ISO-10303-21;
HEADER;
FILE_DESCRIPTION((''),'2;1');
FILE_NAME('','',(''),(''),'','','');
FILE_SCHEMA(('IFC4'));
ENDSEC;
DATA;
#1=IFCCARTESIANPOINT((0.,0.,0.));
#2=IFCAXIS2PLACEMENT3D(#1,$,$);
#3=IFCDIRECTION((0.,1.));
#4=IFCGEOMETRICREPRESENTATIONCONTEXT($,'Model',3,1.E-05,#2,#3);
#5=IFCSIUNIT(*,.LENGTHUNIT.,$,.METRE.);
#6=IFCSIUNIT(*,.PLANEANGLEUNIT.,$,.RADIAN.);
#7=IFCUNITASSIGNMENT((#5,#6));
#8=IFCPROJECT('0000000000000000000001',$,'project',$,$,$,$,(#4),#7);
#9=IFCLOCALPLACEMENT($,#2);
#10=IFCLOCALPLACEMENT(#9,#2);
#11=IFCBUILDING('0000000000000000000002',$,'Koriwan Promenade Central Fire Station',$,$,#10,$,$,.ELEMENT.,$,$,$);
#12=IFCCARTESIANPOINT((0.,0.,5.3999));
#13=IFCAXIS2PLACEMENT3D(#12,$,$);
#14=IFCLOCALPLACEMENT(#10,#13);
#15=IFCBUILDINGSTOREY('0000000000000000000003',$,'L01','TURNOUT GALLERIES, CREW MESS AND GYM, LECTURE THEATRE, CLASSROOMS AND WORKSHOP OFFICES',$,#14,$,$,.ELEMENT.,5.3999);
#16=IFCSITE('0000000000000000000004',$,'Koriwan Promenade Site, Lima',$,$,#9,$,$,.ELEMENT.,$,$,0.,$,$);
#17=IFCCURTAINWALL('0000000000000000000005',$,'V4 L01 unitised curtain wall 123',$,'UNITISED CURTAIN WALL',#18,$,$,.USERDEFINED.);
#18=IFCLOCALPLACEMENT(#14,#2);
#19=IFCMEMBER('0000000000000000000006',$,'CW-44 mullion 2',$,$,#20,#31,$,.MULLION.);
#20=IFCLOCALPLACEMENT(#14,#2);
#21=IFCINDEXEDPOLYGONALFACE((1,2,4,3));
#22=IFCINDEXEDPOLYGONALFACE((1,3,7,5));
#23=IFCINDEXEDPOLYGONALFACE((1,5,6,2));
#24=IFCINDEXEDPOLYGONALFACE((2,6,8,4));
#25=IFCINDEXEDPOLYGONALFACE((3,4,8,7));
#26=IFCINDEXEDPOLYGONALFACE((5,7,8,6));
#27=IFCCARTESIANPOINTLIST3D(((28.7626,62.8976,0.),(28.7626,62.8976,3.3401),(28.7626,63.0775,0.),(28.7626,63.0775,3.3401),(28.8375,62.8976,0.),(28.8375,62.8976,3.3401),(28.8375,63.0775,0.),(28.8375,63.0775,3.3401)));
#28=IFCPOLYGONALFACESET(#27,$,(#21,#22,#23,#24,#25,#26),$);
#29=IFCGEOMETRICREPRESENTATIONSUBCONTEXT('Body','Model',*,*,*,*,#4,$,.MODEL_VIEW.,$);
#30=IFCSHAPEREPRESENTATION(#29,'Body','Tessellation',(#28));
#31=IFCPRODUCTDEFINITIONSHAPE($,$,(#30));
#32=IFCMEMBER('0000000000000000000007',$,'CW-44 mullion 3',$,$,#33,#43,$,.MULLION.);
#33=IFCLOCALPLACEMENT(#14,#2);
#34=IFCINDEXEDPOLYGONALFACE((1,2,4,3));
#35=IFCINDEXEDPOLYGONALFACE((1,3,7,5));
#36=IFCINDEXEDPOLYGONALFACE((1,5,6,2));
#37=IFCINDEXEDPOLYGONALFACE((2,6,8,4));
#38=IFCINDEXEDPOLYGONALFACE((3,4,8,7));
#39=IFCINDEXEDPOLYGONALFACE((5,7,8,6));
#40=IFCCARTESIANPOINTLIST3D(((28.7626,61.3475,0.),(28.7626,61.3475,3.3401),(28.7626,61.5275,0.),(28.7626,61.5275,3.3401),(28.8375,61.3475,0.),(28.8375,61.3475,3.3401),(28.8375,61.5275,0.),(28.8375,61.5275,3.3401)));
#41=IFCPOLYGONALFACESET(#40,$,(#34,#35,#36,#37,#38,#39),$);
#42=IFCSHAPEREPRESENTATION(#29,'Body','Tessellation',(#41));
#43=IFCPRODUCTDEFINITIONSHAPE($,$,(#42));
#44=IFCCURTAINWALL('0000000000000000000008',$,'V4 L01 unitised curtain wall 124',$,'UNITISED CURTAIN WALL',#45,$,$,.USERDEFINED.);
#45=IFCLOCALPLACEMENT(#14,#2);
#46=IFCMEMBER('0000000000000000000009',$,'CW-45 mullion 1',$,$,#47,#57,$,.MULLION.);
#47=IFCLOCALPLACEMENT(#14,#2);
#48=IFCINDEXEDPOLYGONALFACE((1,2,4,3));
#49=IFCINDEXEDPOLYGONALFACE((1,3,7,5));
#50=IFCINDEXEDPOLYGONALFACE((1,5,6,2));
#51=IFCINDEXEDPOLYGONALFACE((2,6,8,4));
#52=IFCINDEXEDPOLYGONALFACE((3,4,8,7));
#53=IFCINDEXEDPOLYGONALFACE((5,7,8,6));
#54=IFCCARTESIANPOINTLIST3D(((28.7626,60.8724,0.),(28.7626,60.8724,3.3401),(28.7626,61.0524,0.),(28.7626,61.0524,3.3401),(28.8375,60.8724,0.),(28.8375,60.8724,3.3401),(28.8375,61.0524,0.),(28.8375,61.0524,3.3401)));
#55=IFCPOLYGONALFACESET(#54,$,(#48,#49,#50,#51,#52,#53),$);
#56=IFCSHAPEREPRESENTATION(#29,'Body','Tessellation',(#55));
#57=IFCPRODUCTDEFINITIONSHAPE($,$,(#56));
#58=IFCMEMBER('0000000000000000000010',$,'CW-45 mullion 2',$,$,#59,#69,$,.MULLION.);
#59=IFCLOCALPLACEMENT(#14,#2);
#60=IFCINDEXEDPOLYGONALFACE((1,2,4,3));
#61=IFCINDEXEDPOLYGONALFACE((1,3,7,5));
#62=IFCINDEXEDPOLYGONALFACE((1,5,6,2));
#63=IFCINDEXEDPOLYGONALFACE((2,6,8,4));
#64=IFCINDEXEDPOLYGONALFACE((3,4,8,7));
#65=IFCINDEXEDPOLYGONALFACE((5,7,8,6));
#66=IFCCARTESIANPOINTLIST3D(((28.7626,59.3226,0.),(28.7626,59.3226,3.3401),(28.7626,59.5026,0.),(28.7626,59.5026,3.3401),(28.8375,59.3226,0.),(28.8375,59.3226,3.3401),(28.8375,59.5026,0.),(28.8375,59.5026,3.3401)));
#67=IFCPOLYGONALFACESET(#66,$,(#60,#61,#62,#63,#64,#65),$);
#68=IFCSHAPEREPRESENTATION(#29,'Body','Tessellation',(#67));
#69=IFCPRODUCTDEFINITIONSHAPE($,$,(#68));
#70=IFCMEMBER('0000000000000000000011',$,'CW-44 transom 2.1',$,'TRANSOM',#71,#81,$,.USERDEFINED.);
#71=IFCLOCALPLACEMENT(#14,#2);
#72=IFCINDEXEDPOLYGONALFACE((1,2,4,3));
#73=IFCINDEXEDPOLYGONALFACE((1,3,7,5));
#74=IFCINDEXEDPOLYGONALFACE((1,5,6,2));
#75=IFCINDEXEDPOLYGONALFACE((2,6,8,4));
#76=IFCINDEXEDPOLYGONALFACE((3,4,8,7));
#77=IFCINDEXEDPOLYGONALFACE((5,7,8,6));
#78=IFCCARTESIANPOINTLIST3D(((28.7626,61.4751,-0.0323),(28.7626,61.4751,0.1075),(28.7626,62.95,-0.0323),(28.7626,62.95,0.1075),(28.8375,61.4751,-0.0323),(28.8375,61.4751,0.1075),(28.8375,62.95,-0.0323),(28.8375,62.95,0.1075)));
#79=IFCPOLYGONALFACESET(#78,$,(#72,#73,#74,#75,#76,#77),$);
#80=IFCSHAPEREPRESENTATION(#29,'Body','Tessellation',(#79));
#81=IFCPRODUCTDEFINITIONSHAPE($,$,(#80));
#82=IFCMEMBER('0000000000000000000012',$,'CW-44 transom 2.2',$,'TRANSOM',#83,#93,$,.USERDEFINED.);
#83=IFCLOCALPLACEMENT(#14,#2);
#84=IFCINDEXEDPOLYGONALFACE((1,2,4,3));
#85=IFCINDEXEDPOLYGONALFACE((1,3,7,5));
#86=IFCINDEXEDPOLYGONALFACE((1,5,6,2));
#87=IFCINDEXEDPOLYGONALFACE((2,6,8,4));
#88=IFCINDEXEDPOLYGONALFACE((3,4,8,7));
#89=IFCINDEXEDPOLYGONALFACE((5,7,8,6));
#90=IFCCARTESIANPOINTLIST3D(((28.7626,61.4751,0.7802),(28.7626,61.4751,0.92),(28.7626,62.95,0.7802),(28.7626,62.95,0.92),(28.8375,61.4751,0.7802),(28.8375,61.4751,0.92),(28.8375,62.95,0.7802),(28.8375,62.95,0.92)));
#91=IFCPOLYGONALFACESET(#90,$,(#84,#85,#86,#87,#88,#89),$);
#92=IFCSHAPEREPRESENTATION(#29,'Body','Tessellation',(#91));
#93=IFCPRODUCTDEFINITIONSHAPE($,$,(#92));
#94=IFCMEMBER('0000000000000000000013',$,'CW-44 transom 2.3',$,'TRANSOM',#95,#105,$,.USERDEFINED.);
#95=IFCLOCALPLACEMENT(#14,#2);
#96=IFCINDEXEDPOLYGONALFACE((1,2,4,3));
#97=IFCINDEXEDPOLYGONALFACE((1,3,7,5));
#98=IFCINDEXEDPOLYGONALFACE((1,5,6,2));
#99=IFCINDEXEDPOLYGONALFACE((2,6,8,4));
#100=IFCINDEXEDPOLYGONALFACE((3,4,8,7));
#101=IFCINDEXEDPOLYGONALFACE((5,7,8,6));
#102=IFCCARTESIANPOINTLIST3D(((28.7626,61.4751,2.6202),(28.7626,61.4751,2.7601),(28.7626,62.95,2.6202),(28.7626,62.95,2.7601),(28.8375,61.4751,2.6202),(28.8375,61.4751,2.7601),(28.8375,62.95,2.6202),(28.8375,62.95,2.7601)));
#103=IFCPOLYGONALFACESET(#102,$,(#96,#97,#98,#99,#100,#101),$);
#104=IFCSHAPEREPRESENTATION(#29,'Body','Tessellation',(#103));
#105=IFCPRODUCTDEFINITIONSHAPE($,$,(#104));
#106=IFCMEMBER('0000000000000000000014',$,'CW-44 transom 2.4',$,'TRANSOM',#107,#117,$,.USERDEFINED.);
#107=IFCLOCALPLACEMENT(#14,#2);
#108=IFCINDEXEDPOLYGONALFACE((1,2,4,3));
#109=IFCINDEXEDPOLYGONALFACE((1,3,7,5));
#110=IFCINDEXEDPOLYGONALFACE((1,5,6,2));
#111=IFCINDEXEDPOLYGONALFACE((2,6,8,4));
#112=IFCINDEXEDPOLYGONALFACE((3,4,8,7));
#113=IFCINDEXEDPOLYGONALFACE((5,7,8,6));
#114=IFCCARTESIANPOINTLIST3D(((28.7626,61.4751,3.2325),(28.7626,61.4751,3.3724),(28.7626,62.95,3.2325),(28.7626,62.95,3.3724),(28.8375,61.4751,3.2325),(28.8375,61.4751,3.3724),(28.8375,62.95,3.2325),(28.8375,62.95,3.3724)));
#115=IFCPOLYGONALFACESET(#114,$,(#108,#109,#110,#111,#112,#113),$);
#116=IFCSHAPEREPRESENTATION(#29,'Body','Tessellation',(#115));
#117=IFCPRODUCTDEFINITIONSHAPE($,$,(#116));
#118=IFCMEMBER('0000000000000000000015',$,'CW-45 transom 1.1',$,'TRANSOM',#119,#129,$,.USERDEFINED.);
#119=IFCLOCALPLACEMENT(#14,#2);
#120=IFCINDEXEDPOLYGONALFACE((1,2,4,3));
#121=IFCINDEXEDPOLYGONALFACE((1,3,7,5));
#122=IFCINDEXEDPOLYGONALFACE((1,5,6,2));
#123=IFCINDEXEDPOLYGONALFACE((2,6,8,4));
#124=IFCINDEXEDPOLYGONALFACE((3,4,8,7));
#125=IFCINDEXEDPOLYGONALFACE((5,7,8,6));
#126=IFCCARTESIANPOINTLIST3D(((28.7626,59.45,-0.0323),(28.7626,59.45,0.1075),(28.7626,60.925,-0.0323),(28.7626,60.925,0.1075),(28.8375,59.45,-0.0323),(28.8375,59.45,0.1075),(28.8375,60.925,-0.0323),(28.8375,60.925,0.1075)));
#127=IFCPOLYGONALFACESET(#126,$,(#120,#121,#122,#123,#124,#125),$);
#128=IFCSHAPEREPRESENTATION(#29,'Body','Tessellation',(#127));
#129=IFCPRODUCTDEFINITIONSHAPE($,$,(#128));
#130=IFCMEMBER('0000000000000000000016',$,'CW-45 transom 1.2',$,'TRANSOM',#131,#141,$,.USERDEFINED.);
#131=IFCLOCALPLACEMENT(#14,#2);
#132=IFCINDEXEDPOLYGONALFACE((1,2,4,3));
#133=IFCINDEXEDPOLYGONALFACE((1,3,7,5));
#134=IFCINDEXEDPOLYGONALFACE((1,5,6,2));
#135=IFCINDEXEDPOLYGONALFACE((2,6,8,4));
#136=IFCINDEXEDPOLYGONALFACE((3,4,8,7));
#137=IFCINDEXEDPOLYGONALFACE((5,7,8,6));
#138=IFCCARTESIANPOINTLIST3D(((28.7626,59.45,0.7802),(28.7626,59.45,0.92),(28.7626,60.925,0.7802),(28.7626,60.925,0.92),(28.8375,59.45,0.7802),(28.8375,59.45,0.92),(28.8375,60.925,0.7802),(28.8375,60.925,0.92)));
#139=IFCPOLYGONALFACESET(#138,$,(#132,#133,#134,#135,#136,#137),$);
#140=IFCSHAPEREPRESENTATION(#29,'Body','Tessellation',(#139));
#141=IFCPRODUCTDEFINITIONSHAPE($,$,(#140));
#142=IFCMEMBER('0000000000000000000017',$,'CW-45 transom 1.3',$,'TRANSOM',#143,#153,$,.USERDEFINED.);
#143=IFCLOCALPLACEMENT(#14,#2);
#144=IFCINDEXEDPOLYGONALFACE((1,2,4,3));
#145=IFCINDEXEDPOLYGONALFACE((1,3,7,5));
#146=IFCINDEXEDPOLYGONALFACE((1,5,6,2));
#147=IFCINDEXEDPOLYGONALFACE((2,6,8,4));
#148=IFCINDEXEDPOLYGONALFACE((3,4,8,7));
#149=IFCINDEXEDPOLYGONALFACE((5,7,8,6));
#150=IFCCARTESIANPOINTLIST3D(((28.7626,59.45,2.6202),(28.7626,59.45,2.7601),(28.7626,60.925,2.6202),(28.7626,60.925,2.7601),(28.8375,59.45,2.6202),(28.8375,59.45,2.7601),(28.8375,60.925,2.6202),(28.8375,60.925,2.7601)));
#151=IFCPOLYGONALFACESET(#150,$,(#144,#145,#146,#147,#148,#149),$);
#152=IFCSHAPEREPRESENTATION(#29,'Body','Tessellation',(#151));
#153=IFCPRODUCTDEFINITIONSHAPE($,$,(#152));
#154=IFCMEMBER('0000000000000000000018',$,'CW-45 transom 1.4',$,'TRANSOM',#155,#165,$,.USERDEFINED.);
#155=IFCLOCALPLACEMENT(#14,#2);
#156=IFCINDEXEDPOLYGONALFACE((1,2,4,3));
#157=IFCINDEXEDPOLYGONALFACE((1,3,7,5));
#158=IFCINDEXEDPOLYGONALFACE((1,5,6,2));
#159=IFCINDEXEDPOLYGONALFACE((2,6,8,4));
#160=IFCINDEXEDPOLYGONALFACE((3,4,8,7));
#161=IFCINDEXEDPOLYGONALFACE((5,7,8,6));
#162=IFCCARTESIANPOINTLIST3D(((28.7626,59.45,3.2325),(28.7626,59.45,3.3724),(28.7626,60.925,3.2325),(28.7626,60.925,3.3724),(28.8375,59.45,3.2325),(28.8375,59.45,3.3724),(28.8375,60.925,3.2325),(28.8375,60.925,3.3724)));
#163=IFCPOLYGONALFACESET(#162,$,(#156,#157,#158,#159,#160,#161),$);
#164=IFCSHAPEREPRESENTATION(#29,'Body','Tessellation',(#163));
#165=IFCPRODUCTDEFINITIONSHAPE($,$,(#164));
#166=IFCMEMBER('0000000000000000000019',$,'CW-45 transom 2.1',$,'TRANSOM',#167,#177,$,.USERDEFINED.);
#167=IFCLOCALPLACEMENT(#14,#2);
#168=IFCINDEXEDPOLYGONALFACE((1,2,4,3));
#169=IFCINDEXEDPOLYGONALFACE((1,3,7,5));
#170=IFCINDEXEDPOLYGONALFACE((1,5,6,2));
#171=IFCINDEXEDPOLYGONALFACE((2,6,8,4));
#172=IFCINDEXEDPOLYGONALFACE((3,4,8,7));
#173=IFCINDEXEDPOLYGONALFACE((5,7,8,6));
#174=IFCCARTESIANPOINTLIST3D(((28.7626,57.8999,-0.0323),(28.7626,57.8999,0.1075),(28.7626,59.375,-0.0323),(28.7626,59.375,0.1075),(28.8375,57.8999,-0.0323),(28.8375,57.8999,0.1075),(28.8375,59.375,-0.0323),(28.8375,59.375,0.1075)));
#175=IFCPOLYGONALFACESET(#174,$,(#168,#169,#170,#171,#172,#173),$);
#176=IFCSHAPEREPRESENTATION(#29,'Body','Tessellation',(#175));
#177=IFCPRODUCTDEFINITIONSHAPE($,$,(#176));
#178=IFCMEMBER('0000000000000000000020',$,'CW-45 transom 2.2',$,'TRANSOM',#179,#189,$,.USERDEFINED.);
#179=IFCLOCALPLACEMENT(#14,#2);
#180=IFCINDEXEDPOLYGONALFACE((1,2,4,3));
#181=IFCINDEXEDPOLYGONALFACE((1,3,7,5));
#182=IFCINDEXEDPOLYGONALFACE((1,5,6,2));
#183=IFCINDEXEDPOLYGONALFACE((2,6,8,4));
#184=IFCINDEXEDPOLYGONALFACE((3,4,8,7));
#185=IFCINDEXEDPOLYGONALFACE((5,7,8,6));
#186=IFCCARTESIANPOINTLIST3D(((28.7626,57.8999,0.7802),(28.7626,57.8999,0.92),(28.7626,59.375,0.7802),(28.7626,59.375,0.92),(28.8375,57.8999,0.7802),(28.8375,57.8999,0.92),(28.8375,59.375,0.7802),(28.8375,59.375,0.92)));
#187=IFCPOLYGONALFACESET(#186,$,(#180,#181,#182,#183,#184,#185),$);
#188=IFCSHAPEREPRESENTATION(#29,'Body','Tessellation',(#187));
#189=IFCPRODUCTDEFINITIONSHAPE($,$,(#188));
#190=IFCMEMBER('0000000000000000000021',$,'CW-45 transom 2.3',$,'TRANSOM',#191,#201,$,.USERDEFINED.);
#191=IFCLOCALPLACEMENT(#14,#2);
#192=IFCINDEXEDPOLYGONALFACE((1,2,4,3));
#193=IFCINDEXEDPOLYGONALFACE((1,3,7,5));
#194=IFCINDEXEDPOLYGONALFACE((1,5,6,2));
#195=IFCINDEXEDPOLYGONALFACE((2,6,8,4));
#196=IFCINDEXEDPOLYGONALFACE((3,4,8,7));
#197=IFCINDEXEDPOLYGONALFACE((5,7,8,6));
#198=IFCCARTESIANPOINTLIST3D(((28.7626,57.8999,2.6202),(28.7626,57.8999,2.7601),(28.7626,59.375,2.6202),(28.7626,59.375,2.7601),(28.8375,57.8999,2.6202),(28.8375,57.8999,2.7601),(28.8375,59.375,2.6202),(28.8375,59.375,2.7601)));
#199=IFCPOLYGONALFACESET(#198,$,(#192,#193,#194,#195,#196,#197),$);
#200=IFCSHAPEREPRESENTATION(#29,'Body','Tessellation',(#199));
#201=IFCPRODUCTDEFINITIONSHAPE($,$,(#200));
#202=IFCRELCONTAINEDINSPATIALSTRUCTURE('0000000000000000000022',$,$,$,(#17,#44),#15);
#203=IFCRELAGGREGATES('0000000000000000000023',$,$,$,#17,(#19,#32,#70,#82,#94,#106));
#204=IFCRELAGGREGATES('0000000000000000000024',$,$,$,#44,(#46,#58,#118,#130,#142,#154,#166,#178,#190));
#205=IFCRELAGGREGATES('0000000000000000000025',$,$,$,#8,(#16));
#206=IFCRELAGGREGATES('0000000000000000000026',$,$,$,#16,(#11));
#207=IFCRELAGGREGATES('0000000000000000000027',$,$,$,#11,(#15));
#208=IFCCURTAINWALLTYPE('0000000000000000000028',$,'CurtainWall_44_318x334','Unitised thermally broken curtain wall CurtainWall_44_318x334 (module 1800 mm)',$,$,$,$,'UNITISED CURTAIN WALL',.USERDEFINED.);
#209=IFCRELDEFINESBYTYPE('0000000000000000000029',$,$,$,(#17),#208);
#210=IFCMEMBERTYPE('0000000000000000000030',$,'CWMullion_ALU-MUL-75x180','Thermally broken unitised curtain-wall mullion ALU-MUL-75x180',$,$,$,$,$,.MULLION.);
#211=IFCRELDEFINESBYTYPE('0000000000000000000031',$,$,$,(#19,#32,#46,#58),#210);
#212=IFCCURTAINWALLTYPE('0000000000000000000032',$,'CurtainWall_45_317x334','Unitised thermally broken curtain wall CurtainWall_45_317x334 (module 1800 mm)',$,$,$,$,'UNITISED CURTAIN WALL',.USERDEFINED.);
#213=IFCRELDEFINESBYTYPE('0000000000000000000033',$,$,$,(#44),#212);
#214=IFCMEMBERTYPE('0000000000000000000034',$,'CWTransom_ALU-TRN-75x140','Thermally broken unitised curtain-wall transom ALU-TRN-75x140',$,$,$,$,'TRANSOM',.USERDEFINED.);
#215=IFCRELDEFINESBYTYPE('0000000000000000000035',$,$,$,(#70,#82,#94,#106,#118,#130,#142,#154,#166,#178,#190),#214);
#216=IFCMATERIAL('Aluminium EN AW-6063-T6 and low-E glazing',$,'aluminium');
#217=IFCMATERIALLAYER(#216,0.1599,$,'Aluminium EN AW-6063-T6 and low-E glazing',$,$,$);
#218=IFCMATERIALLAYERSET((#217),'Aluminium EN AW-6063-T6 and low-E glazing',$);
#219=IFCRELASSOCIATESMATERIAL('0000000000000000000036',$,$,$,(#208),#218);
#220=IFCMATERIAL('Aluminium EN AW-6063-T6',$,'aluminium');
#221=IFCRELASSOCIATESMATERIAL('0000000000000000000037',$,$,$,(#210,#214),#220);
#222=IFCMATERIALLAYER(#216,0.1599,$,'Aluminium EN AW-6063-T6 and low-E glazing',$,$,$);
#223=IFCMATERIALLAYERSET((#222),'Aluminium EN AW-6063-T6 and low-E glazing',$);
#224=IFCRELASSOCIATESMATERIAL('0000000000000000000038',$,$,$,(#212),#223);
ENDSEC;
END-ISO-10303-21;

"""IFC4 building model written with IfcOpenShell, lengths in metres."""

from ifc_helpers import new_model, si_unit, direction, frame, origin, origin_2d, place, context, subcontext, project, spatial, rectangle, extrude, material, layer, layer_set, material_profile, profile_set, type_object, element, aggregate, save


model = new_model("IFC4")

# Units and contexts
model_context = context("Model", 3, precision=1e-05, world=origin(), true_north=direction((0.0, 1.0)))
body_context = subcontext(model_context, "Body", "Model", "MODEL_VIEW")
ifc_project = project(units=[si_unit("LENGTHUNIT", "METRE"), si_unit("PLANEANGLEUNIT", "RADIAN")], contexts=[model_context])

# Site, building, storey
site_placement = place(None, origin())
site = spatial("IfcSite", under=ifc_project, at=site_placement, Name="Koriwan Promenade Site, Lima", CompositionType="ELEMENT", RefElevation=0.0)
building_placement = place(site_placement, origin())
building = spatial("IfcBuilding", under=site, at=building_placement, Name="Koriwan Promenade Central Fire Station", CompositionType="ELEMENT")
storey_placement = place(building_placement, frame((0.0, 0.0, 5.3999)))
storey = spatial("IfcBuildingStorey", under=building, at=storey_placement, Name="L01", Description="TURNOUT GALLERIES, CREW MESS AND GYM, LECTURE THEATRE, CLASSROOMS AND WORKSHOP OFFICES", CompositionType="ELEMENT", Elevation=5.3999)

# Curtain walls, members
ifc_material_1 = material(Name="Aluminium EN AW-6063-T6 and low-E glazing", Category="aluminium")
ifc_layer_1 = layer(ifc_material_1, 0.1599, Name="Aluminium EN AW-6063-T6 and low-E glazing")
ifc_layer_set_1 = layer_set([ifc_layer_1], Name="Aluminium EN AW-6063-T6 and low-E glazing")
curtain_wall_type_1 = type_object("IfcCurtainWallType", Name="CurtainWall_44_318x334", Description="Unitised thermally broken curtain wall CurtainWall_44_318x334 (module 1800 mm)", ElementType="UNITISED CURTAIN WALL", PredefinedType="USERDEFINED", material=ifc_layer_set_1)
curtain_wall_1_placement = place(storey_placement, origin())
curtain_wall_1 = element("IfcCurtainWall", 1, at=curtain_wall_1_placement, inside=storey, type_object=curtain_wall_type_1, Name="V4 L01 unitised curtain wall 123", ObjectType="UNITISED CURTAIN WALL", PredefinedType="USERDEFINED")
ifc_material_2 = material(Name="Aluminium EN AW-6063-T6", Category="aluminium")
ifc_material_profile_1 = material_profile(ifc_material_2, rectangle(XDim=0.075, YDim=0.1799, at=origin_2d()), Name="ALU-MUL-75x180")
ifc_profile_set_1 = profile_set([ifc_material_profile_1], Name="Aluminium EN AW-6063-T6")
member_type_1 = type_object("IfcMemberType", Name="CWMullion_ALU-MUL-75x180", Description="Thermally broken unitised curtain-wall mullion ALU-MUL-75x180", PredefinedType="MULLION", material=ifc_profile_set_1)
member_1_placement = place(storey_placement, frame((28.8, 62.9875, 0.0), z_axis=(0.0, 0.0, 1.0), x_axis=(1.0, 0.0, 0.0)))
member_1 = element("IfcMember", 2, at=member_1_placement, type_object=member_type_1, Name="CW-44 mullion 2", PredefinedType="MULLION", context=body_context, shape_type="SweptSolid", body=[
    extrude(rectangle(XDim=0.075, YDim=0.1799, at=origin_2d()), origin(), (0.0, 0.0, 1.0), 3.3401),
])
member_2_placement = place(storey_placement, frame((28.8, 61.4375, 0.0), z_axis=(0.0, 0.0, 1.0), x_axis=(1.0, 0.0, 0.0)))
member_2 = element("IfcMember", 3, at=member_2_placement, type_object=member_type_1, Name="CW-44 mullion 3", PredefinedType="MULLION", context=body_context, shape_type="SweptSolid", body=[
    extrude(rectangle(XDim=0.075, YDim=0.1799, at=origin_2d()), origin(), (0.0, 0.0, 1.0), 3.3401),
])
ifc_layer_2 = layer(ifc_material_1, 0.1599, Name="Aluminium EN AW-6063-T6 and low-E glazing")
ifc_layer_set_2 = layer_set([ifc_layer_2], Name="Aluminium EN AW-6063-T6 and low-E glazing")
curtain_wall_type_2 = type_object("IfcCurtainWallType", Name="CurtainWall_45_317x334", Description="Unitised thermally broken curtain wall CurtainWall_45_317x334 (module 1800 mm)", ElementType="UNITISED CURTAIN WALL", PredefinedType="USERDEFINED", material=ifc_layer_set_2)
curtain_wall_2_placement = place(storey_placement, origin())
curtain_wall_2 = element("IfcCurtainWall", 4, at=curtain_wall_2_placement, inside=storey, type_object=curtain_wall_type_2, Name="V4 L01 unitised curtain wall 124", ObjectType="UNITISED CURTAIN WALL", PredefinedType="USERDEFINED")
member_3_placement = place(storey_placement, frame((28.8, 60.9624, 0.0), z_axis=(0.0, 0.0, 1.0), x_axis=(1.0, 0.0, 0.0)))
member_3 = element("IfcMember", 5, at=member_3_placement, type_object=member_type_1, Name="CW-45 mullion 1", PredefinedType="MULLION", context=body_context, shape_type="SweptSolid", body=[
    extrude(rectangle(XDim=0.075, YDim=0.1799, at=origin_2d()), origin(), (0.0, 0.0, 1.0), 3.3401),
])
member_4_placement = place(storey_placement, frame((28.8, 59.4126, 0.0), z_axis=(0.0, 0.0, 1.0), x_axis=(1.0, 0.0, 0.0)))
member_4 = element("IfcMember", 6, at=member_4_placement, type_object=member_type_1, Name="CW-45 mullion 2", PredefinedType="MULLION", context=body_context, shape_type="SweptSolid", body=[
    extrude(rectangle(XDim=0.075, YDim=0.1799, at=origin_2d()), origin(), (0.0, 0.0, 1.0), 3.3401),
])

# Members
ifc_material_profile_2 = material_profile(ifc_material_2, rectangle(XDim=0.075, YDim=0.1399, at=origin_2d()), Name="ALU-TRN-75x140")
ifc_profile_set_2 = profile_set([ifc_material_profile_2], Name="Aluminium EN AW-6063-T6")
member_type_2 = type_object("IfcMemberType", Name="CWTransom_ALU-TRN-75x140", Description="Thermally broken unitised curtain-wall transom ALU-TRN-75x140", ElementType="TRANSOM", PredefinedType="USERDEFINED", material=ifc_profile_set_2)
member_5_placement = place(storey_placement, frame((28.8, 62.95, 0.0376), z_axis=(0.0, -1.0, 0.0), x_axis=(1.0, 0.0, 0.0)))
member_5 = element("IfcMember", 7, at=member_5_placement, type_object=member_type_2, Name="CW-44 transom 2.1", ObjectType="TRANSOM", PredefinedType="USERDEFINED", context=body_context, shape_type="SweptSolid", body=[
    extrude(rectangle(XDim=0.075, YDim=0.1399, at=origin_2d()), origin(), (0.0, 0.0, 1.0), 1.4749),
])
member_6_placement = place(storey_placement, frame((28.8, 62.95, 0.8501), z_axis=(0.0, -1.0, 0.0), x_axis=(1.0, 0.0, 0.0)))
member_6 = element("IfcMember", 8, at=member_6_placement, type_object=member_type_2, Name="CW-44 transom 2.2", ObjectType="TRANSOM", PredefinedType="USERDEFINED", context=body_context, shape_type="SweptSolid", body=[
    extrude(rectangle(XDim=0.075, YDim=0.1399, at=origin_2d()), origin(), (0.0, 0.0, 1.0), 1.4749),
])
member_7_placement = place(storey_placement, frame((28.8, 62.95, 2.6902), z_axis=(0.0, -1.0, 0.0), x_axis=(1.0, 0.0, 0.0)))
member_7 = element("IfcMember", 9, at=member_7_placement, type_object=member_type_2, Name="CW-44 transom 2.3", ObjectType="TRANSOM", PredefinedType="USERDEFINED", context=body_context, shape_type="SweptSolid", body=[
    extrude(rectangle(XDim=0.075, YDim=0.1399, at=origin_2d()), origin(), (0.0, 0.0, 1.0), 1.4749),
])
member_8_placement = place(storey_placement, frame((28.8, 62.95, 3.3025), z_axis=(0.0, -1.0, 0.0), x_axis=(1.0, 0.0, 0.0)))
member_8 = element("IfcMember", 10, at=member_8_placement, type_object=member_type_2, Name="CW-44 transom 2.4", ObjectType="TRANSOM", PredefinedType="USERDEFINED", context=body_context, shape_type="SweptSolid", body=[
    extrude(rectangle(XDim=0.075, YDim=0.1399, at=origin_2d()), origin(), (0.0, 0.0, 1.0), 1.4749),
])
member_9_placement = place(storey_placement, frame((28.8, 60.925, 0.0376), z_axis=(0.0, -1.0, 0.0), x_axis=(1.0, 0.0, 0.0)))
member_9 = element("IfcMember", 11, at=member_9_placement, type_object=member_type_2, Name="CW-45 transom 1.1", ObjectType="TRANSOM", PredefinedType="USERDEFINED", context=body_context, shape_type="SweptSolid", body=[
    extrude(rectangle(XDim=0.075, YDim=0.1399, at=origin_2d()), origin(), (0.0, 0.0, 1.0), 1.4751),
])
member_10_placement = place(storey_placement, frame((28.8, 60.925, 0.8501), z_axis=(0.0, -1.0, 0.0), x_axis=(1.0, 0.0, 0.0)))
member_10 = element("IfcMember", 12, at=member_10_placement, type_object=member_type_2, Name="CW-45 transom 1.2", ObjectType="TRANSOM", PredefinedType="USERDEFINED", context=body_context, shape_type="SweptSolid", body=[
    extrude(rectangle(XDim=0.075, YDim=0.1399, at=origin_2d()), origin(), (0.0, 0.0, 1.0), 1.4751),
])
member_11_placement = place(storey_placement, frame((28.8, 60.925, 2.6902), z_axis=(0.0, -1.0, 0.0), x_axis=(1.0, 0.0, 0.0)))
member_11 = element("IfcMember", 13, at=member_11_placement, type_object=member_type_2, Name="CW-45 transom 1.3", ObjectType="TRANSOM", PredefinedType="USERDEFINED", context=body_context, shape_type="SweptSolid", body=[
    extrude(rectangle(XDim=0.075, YDim=0.1399, at=origin_2d()), origin(), (0.0, 0.0, 1.0), 1.4751),
])
member_12_placement = place(storey_placement, frame((28.8, 60.925, 3.3025), z_axis=(0.0, -1.0, 0.0), x_axis=(1.0, 0.0, 0.0)))
member_12 = element("IfcMember", 14, at=member_12_placement, type_object=member_type_2, Name="CW-45 transom 1.4", ObjectType="TRANSOM", PredefinedType="USERDEFINED", context=body_context, shape_type="SweptSolid", body=[
    extrude(rectangle(XDim=0.075, YDim=0.1399, at=origin_2d()), origin(), (0.0, 0.0, 1.0), 1.4751),
])
member_13_placement = place(storey_placement, frame((28.8, 59.375, 0.0376), z_axis=(0.0, -1.0, 0.0), x_axis=(1.0, 0.0, 0.0)))
member_13 = element("IfcMember", 15, at=member_13_placement, type_object=member_type_2, Name="CW-45 transom 2.1", ObjectType="TRANSOM", PredefinedType="USERDEFINED", context=body_context, shape_type="SweptSolid", body=[
    extrude(rectangle(XDim=0.075, YDim=0.1399, at=origin_2d()), origin(), (0.0, 0.0, 1.0), 1.4751),
])
member_14_placement = place(storey_placement, frame((28.8, 59.375, 0.8501), z_axis=(0.0, -1.0, 0.0), x_axis=(1.0, 0.0, 0.0)))
member_14 = element("IfcMember", 16, at=member_14_placement, type_object=member_type_2, Name="CW-45 transom 2.2", ObjectType="TRANSOM", PredefinedType="USERDEFINED", context=body_context, shape_type="SweptSolid", body=[
    extrude(rectangle(XDim=0.075, YDim=0.1399, at=origin_2d()), origin(), (0.0, 0.0, 1.0), 1.4751),
])
member_15_placement = place(storey_placement, frame((28.8, 59.375, 2.6902), z_axis=(0.0, -1.0, 0.0), x_axis=(1.0, 0.0, 0.0)))
member_15 = element("IfcMember", 17, at=member_15_placement, type_object=member_type_2, Name="CW-45 transom 2.3", ObjectType="TRANSOM", PredefinedType="USERDEFINED", context=body_context, shape_type="SweptSolid", body=[
    extrude(rectangle(XDim=0.075, YDim=0.1399, at=origin_2d()), origin(), (0.0, 0.0, 1.0), 1.4751),
])

aggregate(curtain_wall_1, [member_1, member_2, member_5, member_6, member_7, member_8])
aggregate(curtain_wall_2, [member_3, member_4, member_9, member_10, member_11, member_12, member_13, member_14, member_15])

save(model, "model.ifc")
